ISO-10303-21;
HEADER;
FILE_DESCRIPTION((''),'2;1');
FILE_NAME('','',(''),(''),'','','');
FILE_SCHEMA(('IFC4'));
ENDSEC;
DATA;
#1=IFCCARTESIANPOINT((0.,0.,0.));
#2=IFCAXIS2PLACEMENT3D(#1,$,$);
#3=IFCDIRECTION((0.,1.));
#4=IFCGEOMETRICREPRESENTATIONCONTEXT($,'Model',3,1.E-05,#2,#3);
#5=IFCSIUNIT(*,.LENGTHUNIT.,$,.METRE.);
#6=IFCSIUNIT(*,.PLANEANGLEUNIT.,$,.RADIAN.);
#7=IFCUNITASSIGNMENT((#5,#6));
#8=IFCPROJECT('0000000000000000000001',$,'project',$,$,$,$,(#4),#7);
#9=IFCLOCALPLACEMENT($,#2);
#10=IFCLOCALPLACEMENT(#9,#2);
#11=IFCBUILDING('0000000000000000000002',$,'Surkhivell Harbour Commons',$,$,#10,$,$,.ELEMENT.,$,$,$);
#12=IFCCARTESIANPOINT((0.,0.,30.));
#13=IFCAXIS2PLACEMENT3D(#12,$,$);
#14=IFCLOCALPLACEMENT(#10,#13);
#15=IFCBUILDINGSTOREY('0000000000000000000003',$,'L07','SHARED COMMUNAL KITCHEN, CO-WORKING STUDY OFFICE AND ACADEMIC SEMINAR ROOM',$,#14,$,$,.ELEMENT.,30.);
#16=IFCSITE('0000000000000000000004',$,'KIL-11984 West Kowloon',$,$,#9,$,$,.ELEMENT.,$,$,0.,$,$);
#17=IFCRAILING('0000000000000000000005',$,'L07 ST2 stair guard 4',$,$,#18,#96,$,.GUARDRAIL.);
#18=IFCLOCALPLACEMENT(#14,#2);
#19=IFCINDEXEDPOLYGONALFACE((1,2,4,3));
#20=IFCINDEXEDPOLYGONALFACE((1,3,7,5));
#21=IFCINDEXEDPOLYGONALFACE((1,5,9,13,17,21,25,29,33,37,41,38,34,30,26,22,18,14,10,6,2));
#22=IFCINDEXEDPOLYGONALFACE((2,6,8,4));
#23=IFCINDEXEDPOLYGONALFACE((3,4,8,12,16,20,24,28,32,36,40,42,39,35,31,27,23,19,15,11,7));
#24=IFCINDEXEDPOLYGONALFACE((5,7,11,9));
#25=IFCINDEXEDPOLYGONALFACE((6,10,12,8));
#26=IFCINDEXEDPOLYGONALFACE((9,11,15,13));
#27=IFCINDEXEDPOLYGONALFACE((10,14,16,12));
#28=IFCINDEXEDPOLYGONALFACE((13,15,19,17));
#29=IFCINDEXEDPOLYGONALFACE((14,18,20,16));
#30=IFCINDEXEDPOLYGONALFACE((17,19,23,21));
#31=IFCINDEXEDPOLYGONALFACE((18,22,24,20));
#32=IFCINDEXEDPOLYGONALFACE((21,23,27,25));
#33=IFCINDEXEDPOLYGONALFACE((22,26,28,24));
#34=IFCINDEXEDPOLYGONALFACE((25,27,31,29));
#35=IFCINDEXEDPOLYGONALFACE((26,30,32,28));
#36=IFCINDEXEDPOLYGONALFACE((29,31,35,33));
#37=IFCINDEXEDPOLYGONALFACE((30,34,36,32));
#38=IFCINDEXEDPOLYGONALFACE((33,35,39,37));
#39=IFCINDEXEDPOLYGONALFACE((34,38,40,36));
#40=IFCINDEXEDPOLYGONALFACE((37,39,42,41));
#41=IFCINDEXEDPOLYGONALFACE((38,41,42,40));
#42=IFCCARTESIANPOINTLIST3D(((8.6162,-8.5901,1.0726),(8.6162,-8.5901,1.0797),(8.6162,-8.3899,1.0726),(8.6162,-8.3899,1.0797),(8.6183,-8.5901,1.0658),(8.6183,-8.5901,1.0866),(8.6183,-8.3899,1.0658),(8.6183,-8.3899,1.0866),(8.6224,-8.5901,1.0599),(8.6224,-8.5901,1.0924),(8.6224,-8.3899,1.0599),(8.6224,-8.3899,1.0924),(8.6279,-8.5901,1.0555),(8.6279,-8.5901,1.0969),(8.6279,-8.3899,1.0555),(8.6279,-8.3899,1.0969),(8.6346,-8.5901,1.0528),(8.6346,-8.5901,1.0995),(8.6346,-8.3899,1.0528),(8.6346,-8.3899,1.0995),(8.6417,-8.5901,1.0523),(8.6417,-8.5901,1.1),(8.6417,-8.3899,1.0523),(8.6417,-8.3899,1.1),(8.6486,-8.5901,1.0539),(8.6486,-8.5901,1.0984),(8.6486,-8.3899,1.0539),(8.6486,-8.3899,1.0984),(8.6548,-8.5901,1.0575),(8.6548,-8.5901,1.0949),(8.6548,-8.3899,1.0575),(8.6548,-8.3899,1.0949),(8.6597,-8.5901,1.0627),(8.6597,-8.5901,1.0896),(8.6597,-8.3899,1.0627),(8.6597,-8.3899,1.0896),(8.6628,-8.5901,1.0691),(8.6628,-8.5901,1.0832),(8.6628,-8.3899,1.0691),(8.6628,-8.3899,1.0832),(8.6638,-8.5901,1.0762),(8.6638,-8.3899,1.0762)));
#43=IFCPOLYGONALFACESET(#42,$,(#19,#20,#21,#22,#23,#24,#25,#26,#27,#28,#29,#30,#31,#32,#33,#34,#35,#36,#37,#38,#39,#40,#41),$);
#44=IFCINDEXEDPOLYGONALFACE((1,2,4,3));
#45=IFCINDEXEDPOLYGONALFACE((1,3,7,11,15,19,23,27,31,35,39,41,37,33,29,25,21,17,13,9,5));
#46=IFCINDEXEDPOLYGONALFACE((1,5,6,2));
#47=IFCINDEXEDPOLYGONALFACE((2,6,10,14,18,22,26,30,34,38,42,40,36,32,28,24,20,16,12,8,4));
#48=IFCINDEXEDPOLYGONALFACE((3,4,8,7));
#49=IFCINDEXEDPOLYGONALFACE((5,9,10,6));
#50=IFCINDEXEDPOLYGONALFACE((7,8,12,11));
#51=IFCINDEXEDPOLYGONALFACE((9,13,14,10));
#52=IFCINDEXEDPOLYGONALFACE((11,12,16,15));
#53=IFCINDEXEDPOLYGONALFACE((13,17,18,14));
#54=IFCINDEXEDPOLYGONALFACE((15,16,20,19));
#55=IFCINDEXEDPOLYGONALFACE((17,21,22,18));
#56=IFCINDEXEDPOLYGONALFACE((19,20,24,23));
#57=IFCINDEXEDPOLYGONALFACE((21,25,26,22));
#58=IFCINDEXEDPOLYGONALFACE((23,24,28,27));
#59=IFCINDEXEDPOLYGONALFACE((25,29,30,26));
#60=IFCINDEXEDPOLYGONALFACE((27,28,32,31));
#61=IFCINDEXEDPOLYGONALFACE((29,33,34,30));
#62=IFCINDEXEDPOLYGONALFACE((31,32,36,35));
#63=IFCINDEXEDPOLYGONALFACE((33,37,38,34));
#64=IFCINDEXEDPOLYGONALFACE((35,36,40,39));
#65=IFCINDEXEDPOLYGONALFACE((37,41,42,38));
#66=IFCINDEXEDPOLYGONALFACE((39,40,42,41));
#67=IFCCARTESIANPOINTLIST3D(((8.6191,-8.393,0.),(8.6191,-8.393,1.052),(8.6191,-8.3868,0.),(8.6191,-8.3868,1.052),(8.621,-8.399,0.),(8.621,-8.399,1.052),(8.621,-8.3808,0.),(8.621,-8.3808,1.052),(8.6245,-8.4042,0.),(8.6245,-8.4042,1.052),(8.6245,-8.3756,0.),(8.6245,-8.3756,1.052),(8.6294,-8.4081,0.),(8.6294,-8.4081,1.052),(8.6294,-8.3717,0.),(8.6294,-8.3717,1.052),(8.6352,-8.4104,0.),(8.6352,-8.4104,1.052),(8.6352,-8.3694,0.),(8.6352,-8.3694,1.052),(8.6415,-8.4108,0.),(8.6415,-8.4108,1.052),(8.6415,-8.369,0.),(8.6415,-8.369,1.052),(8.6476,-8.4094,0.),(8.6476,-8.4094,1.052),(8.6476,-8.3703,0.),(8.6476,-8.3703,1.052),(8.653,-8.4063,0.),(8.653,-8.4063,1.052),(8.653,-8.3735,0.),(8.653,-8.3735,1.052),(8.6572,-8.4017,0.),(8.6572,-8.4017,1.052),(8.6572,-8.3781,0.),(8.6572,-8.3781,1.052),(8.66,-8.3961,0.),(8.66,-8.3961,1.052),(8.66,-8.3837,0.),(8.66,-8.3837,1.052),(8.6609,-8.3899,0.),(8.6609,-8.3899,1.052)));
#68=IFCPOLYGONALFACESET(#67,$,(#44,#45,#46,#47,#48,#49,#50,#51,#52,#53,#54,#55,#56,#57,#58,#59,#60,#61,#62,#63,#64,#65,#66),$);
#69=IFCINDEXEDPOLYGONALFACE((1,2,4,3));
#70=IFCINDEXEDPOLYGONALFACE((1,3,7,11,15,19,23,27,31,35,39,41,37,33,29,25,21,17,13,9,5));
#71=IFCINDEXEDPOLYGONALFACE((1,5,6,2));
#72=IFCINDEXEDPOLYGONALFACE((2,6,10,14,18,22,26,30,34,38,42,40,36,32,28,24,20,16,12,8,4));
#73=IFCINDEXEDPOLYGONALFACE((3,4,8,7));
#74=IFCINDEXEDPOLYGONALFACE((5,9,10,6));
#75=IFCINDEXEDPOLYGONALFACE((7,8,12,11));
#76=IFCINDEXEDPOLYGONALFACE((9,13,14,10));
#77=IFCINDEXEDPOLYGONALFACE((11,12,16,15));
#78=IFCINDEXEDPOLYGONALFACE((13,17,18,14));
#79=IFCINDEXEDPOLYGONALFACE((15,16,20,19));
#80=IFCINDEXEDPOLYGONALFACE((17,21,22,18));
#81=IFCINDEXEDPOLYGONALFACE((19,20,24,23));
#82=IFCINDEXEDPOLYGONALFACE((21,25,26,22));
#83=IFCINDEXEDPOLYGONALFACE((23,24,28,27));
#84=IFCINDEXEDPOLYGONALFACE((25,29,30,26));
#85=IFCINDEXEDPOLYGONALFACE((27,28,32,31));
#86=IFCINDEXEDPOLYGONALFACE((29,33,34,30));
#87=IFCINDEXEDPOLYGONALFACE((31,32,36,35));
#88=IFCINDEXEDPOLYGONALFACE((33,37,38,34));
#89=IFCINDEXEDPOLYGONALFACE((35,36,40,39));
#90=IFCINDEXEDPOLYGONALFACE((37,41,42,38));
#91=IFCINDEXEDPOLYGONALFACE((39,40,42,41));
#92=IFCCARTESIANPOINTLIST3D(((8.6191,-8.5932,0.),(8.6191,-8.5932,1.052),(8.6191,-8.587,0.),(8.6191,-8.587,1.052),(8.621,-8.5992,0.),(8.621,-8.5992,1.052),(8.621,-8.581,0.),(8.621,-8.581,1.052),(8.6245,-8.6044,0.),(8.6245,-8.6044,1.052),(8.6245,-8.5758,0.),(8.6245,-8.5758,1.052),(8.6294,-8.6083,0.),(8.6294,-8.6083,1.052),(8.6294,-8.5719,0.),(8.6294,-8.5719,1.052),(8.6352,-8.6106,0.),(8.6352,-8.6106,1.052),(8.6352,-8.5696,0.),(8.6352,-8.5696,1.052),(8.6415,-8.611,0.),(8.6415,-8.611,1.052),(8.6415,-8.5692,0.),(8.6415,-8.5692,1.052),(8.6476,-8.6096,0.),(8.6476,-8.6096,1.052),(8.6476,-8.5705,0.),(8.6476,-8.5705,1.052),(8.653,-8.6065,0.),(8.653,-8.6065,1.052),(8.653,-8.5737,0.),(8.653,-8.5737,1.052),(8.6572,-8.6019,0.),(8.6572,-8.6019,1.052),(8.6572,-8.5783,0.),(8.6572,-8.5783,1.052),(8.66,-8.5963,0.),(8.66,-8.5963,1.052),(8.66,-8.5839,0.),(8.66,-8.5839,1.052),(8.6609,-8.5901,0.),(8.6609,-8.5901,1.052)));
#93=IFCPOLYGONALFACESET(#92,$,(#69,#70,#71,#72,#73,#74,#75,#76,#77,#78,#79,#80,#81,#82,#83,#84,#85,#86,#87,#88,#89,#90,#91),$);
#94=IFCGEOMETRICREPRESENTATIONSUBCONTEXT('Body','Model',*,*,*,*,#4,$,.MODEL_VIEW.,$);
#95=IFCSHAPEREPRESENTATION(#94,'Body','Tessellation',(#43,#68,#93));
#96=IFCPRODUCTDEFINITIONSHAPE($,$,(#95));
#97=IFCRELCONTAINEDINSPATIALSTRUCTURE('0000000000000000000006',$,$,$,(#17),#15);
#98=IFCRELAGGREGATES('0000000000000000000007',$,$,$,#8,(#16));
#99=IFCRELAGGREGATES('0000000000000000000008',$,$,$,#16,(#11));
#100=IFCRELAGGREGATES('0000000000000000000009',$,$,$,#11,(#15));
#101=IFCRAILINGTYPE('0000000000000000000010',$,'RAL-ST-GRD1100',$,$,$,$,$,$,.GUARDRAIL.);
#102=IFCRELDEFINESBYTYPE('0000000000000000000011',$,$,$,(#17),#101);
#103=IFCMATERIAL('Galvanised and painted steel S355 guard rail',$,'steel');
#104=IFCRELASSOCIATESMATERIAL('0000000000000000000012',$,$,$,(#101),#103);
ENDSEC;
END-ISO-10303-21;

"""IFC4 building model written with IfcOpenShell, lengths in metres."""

from ifc_helpers import new_model, si_unit, direction, frame, origin, origin_2d, place, context, subcontext, project, spatial, circle, extrude, material, type_object, element, save


model = new_model("IFC4")

# Units and contexts
model_context = context("Model", 3, precision=1e-05, world=origin(), true_north=direction((0.0, 1.0)))
body_context = subcontext(model_context, "Body", "Model", "MODEL_VIEW")
ifc_project = project(units=[si_unit("LENGTHUNIT", "METRE"), si_unit("PLANEANGLEUNIT", "RADIAN")], contexts=[model_context])

# Site, building, storey
site_placement = place(None, origin())
site = spatial("IfcSite", under=ifc_project, at=site_placement, Name="KIL-11984 West Kowloon", CompositionType="ELEMENT", RefElevation=0.0)
building_placement = place(site_placement, origin())
building = spatial("IfcBuilding", under=site, at=building_placement, Name="Surkhivell Harbour Commons", CompositionType="ELEMENT")
storey_placement = place(building_placement, frame((0.0, 0.0, 30.0)))
storey = spatial("IfcBuildingStorey", under=building, at=storey_placement, Name="L07", Description="SHARED COMMUNAL KITCHEN, CO-WORKING STUDY OFFICE AND ACADEMIC SEMINAR ROOM", CompositionType="ELEMENT", Elevation=30.0)

# Railing
ifc_material_1 = material(Name="Galvanised and painted steel S355 guard rail", Category="steel")
railing_type_1 = type_object("IfcRailingType", Name="RAL-ST-GRD1100", PredefinedType="GUARDRAIL", material=ifc_material_1)
railing_1_placement = place(storey_placement, frame((8.6399, -8.3899, 0.0)))
element("IfcRailing", 1, at=railing_1_placement, inside=storey, type_object=railing_type_1, Name="L07 ST2 stair guard 4", PredefinedType="GUARDRAIL", context=body_context, shape_type="SweptSolid", body=[
    extrude(circle(Radius=0.0239, at=origin_2d()), frame((0.0, 0.0, 1.0762), z_axis=(0.0, -1.0, 0.0), x_axis=(1.0, 0.0, 0.0)), (0.0, 0.0, 1.0), 0.2002),
    extrude(circle(Radius=0.021, at=origin_2d()), origin(), (0.0, 0.0, 1.0), 1.052),
    extrude(circle(Radius=0.021, at=origin_2d()), frame((0.0, -0.2002, 0.0)), (0.0, 0.0, 1.0), 1.052),
])

save(model, "model.ifc")
